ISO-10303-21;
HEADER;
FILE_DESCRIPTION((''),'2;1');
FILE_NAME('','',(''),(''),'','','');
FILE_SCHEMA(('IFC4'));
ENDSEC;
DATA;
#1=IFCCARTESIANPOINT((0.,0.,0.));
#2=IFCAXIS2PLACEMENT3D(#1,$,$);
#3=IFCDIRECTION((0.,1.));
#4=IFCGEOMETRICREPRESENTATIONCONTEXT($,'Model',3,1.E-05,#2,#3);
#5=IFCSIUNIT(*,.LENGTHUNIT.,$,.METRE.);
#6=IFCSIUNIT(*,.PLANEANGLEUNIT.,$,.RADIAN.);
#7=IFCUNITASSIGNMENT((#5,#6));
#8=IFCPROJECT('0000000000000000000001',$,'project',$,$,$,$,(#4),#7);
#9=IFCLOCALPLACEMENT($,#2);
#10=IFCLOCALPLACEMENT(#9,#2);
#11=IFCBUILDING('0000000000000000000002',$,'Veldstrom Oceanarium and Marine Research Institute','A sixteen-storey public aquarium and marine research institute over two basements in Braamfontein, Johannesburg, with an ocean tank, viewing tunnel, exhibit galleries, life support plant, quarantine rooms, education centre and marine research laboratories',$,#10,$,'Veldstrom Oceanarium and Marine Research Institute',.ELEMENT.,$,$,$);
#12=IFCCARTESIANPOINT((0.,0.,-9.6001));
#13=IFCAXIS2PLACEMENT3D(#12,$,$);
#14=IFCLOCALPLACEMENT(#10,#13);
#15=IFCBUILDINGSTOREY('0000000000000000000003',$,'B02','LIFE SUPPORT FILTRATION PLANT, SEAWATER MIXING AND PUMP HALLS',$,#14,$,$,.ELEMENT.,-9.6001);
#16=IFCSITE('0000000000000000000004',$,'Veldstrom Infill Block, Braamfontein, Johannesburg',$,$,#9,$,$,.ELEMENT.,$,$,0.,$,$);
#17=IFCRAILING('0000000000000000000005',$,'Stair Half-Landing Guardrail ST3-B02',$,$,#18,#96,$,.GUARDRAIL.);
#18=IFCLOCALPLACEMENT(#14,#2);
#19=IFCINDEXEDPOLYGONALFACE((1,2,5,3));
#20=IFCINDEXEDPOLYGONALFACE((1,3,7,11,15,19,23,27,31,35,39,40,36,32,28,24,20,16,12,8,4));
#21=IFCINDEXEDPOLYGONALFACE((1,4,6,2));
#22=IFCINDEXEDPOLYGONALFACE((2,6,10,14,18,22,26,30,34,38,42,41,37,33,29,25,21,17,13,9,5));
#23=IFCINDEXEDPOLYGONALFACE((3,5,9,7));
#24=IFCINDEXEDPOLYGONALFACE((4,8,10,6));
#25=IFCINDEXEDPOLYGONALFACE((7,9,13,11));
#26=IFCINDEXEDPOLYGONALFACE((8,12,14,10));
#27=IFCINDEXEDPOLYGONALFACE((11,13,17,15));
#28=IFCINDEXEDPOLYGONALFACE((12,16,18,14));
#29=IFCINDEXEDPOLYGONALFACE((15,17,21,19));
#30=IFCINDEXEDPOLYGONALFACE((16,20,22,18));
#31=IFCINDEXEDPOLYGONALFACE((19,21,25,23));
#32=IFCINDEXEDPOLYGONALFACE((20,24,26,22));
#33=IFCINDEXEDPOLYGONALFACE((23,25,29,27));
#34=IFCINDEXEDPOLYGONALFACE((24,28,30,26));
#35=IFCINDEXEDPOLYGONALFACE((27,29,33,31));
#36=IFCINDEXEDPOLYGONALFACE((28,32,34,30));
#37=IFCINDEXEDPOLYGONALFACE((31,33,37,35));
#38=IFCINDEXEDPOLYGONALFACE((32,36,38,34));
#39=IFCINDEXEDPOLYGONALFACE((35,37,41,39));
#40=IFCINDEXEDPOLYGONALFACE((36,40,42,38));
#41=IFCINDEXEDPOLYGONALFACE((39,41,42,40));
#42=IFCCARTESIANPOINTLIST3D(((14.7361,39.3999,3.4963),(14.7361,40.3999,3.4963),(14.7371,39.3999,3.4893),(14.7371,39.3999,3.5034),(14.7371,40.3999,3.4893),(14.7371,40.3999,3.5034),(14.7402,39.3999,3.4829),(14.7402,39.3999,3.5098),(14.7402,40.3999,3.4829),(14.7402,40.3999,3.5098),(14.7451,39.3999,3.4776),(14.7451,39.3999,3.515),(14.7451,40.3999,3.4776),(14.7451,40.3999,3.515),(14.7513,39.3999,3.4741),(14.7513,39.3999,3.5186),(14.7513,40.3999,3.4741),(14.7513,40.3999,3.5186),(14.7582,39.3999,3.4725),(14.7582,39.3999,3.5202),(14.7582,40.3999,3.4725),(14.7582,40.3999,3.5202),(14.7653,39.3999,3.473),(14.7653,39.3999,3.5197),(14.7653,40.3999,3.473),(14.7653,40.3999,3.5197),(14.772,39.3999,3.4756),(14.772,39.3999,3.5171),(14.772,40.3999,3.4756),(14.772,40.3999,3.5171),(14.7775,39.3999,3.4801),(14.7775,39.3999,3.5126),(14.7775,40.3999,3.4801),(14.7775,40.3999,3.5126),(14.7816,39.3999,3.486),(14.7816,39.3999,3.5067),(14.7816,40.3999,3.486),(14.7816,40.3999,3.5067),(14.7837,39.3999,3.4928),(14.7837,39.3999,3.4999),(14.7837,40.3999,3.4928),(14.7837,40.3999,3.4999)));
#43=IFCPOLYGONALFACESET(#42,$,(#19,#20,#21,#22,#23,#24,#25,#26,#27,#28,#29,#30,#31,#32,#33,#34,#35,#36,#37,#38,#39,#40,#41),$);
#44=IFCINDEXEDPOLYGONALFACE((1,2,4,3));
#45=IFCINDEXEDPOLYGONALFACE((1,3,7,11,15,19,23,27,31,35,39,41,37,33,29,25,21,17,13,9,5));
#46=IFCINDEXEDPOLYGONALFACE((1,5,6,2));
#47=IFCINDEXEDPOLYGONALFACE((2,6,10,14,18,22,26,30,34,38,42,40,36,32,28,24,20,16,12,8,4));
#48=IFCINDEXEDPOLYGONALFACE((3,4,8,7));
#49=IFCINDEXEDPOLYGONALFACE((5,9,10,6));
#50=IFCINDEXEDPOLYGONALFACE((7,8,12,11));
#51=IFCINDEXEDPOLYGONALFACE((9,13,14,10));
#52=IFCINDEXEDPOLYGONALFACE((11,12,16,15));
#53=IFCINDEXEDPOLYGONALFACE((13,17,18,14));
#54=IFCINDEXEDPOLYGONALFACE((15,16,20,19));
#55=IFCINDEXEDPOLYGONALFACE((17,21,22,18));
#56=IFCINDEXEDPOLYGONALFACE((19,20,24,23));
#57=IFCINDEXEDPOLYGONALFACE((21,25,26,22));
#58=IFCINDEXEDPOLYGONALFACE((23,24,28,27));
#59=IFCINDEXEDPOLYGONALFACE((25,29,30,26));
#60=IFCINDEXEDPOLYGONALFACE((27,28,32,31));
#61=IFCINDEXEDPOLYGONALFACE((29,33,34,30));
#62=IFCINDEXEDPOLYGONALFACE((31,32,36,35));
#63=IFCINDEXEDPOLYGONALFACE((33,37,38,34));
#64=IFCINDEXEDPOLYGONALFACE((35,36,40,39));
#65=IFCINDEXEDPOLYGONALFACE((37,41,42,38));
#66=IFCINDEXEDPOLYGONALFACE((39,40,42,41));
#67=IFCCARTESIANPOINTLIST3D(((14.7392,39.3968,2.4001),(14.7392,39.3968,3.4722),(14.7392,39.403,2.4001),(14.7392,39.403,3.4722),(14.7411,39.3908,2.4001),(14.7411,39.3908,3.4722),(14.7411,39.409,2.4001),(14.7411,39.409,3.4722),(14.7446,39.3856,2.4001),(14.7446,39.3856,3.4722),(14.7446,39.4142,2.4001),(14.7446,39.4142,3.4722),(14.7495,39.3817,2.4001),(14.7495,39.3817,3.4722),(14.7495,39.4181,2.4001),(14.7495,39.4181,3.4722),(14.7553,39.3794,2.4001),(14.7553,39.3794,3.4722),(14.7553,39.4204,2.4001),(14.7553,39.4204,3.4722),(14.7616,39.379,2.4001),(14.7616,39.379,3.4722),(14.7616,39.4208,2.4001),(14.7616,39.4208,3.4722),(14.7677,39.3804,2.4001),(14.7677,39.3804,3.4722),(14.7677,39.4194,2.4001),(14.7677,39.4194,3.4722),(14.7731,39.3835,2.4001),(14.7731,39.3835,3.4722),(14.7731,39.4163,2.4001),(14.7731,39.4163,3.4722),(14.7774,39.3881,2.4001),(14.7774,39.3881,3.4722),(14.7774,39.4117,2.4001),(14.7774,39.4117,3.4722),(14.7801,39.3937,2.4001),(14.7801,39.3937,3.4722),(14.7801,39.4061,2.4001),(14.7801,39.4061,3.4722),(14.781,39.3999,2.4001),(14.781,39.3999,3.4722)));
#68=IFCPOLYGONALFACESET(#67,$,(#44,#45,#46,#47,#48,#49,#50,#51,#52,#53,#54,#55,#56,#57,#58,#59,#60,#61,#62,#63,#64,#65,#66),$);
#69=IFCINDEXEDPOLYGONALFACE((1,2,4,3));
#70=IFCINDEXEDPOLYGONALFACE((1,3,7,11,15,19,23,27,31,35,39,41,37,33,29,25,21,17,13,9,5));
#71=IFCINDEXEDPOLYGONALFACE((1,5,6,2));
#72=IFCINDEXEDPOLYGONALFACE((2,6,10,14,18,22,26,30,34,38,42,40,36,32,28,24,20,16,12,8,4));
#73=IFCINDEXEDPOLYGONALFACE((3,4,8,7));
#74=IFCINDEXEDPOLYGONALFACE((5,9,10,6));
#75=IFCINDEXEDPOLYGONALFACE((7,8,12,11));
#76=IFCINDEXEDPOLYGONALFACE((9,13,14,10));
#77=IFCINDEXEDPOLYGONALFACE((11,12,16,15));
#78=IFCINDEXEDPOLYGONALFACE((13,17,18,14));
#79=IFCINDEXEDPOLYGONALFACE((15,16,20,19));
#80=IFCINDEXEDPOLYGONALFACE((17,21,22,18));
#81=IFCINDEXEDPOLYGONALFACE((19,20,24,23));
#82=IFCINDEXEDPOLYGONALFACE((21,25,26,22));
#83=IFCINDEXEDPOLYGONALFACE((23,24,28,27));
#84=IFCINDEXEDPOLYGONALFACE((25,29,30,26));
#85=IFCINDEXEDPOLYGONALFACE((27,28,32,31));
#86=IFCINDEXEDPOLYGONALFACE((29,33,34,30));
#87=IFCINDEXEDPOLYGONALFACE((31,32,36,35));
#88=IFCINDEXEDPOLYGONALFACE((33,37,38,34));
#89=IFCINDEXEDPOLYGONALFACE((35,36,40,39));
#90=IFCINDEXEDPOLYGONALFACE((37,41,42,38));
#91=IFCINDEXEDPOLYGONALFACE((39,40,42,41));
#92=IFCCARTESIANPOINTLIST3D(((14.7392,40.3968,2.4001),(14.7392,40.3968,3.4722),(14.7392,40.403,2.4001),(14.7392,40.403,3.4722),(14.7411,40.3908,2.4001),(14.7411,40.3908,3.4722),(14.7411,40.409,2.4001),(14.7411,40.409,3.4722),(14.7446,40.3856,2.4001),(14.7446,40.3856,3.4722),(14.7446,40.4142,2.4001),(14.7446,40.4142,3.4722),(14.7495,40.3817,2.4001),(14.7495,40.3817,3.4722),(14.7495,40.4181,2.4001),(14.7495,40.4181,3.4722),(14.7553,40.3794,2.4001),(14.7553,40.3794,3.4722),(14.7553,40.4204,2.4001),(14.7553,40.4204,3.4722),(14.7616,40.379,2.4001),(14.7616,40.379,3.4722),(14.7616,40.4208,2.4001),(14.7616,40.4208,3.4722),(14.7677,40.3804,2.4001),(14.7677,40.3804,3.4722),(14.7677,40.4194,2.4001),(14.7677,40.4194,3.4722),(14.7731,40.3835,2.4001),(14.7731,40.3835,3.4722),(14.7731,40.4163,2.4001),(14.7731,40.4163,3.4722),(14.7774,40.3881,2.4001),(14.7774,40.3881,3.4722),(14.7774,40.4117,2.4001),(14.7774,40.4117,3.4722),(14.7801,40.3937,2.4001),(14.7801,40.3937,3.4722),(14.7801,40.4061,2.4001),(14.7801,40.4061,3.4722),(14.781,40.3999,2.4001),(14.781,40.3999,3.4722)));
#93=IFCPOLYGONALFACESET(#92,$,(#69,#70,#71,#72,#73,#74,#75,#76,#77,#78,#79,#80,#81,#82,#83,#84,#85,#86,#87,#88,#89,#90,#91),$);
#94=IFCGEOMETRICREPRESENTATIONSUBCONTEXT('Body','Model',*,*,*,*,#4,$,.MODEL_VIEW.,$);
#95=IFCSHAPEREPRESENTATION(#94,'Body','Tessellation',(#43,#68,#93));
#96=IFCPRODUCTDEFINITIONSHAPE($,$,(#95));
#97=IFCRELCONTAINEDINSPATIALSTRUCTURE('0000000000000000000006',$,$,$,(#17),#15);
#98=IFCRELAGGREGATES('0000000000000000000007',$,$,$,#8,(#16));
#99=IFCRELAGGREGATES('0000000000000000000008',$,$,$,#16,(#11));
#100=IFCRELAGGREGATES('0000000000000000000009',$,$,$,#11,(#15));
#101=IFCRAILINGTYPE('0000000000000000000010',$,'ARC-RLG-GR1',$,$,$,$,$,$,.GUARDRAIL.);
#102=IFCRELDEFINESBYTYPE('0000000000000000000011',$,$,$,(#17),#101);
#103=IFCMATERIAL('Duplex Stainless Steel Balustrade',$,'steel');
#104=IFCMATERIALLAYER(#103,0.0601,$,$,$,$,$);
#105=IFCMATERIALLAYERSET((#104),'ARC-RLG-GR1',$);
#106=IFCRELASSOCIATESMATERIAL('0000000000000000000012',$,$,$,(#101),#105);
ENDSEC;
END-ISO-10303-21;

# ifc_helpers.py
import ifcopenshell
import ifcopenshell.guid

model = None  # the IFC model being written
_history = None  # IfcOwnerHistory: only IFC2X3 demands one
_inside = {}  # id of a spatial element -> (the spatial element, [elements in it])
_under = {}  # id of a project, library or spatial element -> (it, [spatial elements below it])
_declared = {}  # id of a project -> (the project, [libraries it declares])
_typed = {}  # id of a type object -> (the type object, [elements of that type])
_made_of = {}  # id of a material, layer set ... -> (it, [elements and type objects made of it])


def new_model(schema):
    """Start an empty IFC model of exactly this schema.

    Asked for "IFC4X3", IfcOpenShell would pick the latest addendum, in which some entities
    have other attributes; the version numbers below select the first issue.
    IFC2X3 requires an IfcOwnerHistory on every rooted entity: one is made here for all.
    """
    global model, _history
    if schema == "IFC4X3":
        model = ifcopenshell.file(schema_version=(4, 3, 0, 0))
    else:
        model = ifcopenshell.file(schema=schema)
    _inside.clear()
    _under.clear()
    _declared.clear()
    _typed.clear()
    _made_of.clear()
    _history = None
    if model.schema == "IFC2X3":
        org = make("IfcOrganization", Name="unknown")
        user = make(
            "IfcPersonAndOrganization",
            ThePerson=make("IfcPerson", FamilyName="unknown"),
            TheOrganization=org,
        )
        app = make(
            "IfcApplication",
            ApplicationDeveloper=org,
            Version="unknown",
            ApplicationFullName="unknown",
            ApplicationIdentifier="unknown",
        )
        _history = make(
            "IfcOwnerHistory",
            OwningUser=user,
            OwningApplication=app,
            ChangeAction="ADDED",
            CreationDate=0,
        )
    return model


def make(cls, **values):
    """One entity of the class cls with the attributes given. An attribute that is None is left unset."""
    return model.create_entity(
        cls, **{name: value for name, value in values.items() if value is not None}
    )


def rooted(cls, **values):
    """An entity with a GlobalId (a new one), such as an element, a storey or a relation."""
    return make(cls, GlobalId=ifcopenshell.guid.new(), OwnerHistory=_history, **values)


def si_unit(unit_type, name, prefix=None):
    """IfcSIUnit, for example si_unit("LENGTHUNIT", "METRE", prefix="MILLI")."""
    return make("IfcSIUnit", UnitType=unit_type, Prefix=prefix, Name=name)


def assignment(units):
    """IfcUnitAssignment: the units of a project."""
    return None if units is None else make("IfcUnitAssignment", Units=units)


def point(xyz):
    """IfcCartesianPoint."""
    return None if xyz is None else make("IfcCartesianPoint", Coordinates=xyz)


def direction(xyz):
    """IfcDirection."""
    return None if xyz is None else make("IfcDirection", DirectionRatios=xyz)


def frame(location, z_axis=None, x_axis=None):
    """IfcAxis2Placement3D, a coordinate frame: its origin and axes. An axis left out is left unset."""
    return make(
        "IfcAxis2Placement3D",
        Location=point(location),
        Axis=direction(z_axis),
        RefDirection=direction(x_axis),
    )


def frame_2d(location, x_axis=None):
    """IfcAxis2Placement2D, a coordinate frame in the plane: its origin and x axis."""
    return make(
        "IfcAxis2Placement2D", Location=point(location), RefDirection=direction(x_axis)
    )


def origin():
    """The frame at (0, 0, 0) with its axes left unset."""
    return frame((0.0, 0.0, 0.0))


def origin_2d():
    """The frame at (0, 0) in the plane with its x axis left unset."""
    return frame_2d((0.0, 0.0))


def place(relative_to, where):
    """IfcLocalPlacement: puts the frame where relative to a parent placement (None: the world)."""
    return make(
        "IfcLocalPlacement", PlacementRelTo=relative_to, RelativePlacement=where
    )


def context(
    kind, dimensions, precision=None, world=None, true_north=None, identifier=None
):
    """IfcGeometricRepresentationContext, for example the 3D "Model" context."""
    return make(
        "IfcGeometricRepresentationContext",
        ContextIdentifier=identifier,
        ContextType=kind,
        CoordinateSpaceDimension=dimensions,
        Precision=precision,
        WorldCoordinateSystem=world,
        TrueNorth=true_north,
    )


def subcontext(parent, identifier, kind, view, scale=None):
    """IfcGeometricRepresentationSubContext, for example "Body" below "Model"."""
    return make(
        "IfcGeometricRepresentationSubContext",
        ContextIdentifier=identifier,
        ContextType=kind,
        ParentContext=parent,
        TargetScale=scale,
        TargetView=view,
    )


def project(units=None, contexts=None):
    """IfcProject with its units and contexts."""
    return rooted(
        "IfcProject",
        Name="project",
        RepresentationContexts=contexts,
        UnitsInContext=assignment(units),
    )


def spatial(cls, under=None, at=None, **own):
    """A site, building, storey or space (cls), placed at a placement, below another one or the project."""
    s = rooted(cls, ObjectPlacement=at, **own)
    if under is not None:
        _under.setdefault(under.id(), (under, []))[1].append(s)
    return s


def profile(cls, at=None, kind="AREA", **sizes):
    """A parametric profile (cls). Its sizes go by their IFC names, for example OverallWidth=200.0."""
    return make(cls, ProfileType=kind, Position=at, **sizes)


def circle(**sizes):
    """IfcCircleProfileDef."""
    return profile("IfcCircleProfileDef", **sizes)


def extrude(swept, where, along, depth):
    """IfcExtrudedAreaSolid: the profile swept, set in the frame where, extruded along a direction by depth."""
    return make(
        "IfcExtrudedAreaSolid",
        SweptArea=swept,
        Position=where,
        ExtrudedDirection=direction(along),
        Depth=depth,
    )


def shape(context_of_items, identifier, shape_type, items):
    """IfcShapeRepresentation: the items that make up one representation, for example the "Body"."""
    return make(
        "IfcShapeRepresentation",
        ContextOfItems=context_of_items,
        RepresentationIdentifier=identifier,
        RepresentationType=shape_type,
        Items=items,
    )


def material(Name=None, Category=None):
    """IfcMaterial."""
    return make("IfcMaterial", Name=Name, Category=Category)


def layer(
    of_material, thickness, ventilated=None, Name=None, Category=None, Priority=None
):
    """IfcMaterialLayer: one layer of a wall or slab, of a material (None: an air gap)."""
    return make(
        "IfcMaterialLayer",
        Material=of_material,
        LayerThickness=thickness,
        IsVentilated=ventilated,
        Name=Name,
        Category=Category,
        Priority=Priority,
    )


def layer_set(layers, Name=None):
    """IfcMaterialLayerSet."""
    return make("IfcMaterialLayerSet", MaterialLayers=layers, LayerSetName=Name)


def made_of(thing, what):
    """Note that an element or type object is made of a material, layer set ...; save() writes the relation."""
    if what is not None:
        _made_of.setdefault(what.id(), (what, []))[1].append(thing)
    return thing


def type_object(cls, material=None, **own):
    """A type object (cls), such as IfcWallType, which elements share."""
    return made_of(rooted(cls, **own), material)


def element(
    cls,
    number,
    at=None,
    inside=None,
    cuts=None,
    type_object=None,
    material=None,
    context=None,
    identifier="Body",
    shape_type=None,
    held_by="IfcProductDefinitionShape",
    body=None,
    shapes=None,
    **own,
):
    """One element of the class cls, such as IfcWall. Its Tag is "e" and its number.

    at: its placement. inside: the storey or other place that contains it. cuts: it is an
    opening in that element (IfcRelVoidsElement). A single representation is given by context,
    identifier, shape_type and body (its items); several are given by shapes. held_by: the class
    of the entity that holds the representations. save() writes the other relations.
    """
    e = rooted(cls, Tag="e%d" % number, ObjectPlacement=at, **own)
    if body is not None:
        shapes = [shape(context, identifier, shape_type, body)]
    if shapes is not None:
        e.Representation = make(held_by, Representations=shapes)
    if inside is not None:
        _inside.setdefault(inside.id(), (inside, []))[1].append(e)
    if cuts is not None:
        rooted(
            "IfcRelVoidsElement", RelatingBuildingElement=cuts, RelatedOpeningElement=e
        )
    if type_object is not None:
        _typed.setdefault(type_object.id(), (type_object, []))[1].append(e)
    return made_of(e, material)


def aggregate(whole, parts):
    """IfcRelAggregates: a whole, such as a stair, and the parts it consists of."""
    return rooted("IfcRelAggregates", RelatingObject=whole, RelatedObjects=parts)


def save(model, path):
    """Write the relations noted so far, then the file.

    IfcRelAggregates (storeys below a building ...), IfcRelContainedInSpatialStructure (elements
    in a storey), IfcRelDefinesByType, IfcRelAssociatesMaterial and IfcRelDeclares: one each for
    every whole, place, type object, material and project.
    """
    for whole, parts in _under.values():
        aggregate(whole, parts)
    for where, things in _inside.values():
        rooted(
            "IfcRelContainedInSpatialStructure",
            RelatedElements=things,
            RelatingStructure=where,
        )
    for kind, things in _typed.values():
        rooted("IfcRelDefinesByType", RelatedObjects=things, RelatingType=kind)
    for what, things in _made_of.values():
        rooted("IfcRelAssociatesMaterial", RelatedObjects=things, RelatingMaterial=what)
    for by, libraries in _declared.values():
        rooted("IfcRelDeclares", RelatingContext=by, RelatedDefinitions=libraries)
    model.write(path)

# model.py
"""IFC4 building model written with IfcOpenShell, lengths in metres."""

from ifc_helpers import new_model, si_unit, direction, frame, origin, origin_2d, place, context, subcontext, project, spatial, circle, extrude, material, layer, layer_set, type_object, element, save


model = new_model("IFC4")

# Units and contexts
model_context = context("Model", 3, precision=1e-05, world=origin(), true_north=direction((0.0, 1.0)))
body_context = subcontext(model_context, "Body", "Model", "MODEL_VIEW")
ifc_project = project(units=[si_unit("LENGTHUNIT", "METRE"), si_unit("PLANEANGLEUNIT", "RADIAN")], contexts=[model_context])

# Site, building, storey
site_placement = place(None, origin())
site = spatial("IfcSite", under=ifc_project, at=site_placement, Name="Veldstrom Infill Block, Braamfontein, Johannesburg", CompositionType="ELEMENT", RefElevation=0.0)
building_placement = place(site_placement, origin())
building = spatial("IfcBuilding", under=site, at=building_placement, Name="Veldstrom Oceanarium and Marine Research Institute", Description="A sixteen-storey public aquarium and marine research institute over two basements in Braamfontein, Johannesburg, with an ocean tank, viewing tunnel, exhibit galleries, life support plant, quarantine rooms, education centre and marine research laboratories", LongName="Veldstrom Oceanarium and Marine Research Institute", CompositionType="ELEMENT")
storey_placement = place(building_placement, frame((0.0, 0.0, -9.6001)))
storey = spatial("IfcBuildingStorey", under=building, at=storey_placement, Name="B02", Description="LIFE SUPPORT FILTRATION PLANT, SEAWATER MIXING AND PUMP HALLS", CompositionType="ELEMENT", Elevation=-9.6001)

# Railing
ifc_material_1 = material(Name="Duplex Stainless Steel Balustrade", Category="steel")
ifc_layer_1 = layer(ifc_material_1, 0.0601)
ifc_layer_set_1 = layer_set([ifc_layer_1], Name="ARC-RLG-GR1")
railing_type_1 = type_object("IfcRailingType", Name="ARC-RLG-GR1", PredefinedType="GUARDRAIL", material=ifc_layer_set_1)
railing_1_placement = place(storey_placement, frame((14.76, 39.3999, 2.4001)))
element("IfcRailing", 1, at=railing_1_placement, inside=storey, type_object=railing_type_1, Name="Stair Half-Landing Guardrail ST3-B02", PredefinedType="GUARDRAIL", context=body_context, shape_type="SweptSolid", body=[
    extrude(circle(Radius=0.0239, at=origin_2d()), frame((0.0, 0.0, 1.0962), z_axis=(0.0, 1.0, 0.0), x_axis=(-1.0, 0.0, 0.0)), (0.0, 0.0, 1.0), 1.0),
    extrude(circle(Radius=0.021, at=origin_2d()), origin(), (0.0, 0.0, 1.0), 1.072),
    extrude(circle(Radius=0.021, at=origin_2d()), frame((0.0, 1.0, 0.0)), (0.0, 0.0, 1.0), 1.072),
])

save(model, "model.ifc")
